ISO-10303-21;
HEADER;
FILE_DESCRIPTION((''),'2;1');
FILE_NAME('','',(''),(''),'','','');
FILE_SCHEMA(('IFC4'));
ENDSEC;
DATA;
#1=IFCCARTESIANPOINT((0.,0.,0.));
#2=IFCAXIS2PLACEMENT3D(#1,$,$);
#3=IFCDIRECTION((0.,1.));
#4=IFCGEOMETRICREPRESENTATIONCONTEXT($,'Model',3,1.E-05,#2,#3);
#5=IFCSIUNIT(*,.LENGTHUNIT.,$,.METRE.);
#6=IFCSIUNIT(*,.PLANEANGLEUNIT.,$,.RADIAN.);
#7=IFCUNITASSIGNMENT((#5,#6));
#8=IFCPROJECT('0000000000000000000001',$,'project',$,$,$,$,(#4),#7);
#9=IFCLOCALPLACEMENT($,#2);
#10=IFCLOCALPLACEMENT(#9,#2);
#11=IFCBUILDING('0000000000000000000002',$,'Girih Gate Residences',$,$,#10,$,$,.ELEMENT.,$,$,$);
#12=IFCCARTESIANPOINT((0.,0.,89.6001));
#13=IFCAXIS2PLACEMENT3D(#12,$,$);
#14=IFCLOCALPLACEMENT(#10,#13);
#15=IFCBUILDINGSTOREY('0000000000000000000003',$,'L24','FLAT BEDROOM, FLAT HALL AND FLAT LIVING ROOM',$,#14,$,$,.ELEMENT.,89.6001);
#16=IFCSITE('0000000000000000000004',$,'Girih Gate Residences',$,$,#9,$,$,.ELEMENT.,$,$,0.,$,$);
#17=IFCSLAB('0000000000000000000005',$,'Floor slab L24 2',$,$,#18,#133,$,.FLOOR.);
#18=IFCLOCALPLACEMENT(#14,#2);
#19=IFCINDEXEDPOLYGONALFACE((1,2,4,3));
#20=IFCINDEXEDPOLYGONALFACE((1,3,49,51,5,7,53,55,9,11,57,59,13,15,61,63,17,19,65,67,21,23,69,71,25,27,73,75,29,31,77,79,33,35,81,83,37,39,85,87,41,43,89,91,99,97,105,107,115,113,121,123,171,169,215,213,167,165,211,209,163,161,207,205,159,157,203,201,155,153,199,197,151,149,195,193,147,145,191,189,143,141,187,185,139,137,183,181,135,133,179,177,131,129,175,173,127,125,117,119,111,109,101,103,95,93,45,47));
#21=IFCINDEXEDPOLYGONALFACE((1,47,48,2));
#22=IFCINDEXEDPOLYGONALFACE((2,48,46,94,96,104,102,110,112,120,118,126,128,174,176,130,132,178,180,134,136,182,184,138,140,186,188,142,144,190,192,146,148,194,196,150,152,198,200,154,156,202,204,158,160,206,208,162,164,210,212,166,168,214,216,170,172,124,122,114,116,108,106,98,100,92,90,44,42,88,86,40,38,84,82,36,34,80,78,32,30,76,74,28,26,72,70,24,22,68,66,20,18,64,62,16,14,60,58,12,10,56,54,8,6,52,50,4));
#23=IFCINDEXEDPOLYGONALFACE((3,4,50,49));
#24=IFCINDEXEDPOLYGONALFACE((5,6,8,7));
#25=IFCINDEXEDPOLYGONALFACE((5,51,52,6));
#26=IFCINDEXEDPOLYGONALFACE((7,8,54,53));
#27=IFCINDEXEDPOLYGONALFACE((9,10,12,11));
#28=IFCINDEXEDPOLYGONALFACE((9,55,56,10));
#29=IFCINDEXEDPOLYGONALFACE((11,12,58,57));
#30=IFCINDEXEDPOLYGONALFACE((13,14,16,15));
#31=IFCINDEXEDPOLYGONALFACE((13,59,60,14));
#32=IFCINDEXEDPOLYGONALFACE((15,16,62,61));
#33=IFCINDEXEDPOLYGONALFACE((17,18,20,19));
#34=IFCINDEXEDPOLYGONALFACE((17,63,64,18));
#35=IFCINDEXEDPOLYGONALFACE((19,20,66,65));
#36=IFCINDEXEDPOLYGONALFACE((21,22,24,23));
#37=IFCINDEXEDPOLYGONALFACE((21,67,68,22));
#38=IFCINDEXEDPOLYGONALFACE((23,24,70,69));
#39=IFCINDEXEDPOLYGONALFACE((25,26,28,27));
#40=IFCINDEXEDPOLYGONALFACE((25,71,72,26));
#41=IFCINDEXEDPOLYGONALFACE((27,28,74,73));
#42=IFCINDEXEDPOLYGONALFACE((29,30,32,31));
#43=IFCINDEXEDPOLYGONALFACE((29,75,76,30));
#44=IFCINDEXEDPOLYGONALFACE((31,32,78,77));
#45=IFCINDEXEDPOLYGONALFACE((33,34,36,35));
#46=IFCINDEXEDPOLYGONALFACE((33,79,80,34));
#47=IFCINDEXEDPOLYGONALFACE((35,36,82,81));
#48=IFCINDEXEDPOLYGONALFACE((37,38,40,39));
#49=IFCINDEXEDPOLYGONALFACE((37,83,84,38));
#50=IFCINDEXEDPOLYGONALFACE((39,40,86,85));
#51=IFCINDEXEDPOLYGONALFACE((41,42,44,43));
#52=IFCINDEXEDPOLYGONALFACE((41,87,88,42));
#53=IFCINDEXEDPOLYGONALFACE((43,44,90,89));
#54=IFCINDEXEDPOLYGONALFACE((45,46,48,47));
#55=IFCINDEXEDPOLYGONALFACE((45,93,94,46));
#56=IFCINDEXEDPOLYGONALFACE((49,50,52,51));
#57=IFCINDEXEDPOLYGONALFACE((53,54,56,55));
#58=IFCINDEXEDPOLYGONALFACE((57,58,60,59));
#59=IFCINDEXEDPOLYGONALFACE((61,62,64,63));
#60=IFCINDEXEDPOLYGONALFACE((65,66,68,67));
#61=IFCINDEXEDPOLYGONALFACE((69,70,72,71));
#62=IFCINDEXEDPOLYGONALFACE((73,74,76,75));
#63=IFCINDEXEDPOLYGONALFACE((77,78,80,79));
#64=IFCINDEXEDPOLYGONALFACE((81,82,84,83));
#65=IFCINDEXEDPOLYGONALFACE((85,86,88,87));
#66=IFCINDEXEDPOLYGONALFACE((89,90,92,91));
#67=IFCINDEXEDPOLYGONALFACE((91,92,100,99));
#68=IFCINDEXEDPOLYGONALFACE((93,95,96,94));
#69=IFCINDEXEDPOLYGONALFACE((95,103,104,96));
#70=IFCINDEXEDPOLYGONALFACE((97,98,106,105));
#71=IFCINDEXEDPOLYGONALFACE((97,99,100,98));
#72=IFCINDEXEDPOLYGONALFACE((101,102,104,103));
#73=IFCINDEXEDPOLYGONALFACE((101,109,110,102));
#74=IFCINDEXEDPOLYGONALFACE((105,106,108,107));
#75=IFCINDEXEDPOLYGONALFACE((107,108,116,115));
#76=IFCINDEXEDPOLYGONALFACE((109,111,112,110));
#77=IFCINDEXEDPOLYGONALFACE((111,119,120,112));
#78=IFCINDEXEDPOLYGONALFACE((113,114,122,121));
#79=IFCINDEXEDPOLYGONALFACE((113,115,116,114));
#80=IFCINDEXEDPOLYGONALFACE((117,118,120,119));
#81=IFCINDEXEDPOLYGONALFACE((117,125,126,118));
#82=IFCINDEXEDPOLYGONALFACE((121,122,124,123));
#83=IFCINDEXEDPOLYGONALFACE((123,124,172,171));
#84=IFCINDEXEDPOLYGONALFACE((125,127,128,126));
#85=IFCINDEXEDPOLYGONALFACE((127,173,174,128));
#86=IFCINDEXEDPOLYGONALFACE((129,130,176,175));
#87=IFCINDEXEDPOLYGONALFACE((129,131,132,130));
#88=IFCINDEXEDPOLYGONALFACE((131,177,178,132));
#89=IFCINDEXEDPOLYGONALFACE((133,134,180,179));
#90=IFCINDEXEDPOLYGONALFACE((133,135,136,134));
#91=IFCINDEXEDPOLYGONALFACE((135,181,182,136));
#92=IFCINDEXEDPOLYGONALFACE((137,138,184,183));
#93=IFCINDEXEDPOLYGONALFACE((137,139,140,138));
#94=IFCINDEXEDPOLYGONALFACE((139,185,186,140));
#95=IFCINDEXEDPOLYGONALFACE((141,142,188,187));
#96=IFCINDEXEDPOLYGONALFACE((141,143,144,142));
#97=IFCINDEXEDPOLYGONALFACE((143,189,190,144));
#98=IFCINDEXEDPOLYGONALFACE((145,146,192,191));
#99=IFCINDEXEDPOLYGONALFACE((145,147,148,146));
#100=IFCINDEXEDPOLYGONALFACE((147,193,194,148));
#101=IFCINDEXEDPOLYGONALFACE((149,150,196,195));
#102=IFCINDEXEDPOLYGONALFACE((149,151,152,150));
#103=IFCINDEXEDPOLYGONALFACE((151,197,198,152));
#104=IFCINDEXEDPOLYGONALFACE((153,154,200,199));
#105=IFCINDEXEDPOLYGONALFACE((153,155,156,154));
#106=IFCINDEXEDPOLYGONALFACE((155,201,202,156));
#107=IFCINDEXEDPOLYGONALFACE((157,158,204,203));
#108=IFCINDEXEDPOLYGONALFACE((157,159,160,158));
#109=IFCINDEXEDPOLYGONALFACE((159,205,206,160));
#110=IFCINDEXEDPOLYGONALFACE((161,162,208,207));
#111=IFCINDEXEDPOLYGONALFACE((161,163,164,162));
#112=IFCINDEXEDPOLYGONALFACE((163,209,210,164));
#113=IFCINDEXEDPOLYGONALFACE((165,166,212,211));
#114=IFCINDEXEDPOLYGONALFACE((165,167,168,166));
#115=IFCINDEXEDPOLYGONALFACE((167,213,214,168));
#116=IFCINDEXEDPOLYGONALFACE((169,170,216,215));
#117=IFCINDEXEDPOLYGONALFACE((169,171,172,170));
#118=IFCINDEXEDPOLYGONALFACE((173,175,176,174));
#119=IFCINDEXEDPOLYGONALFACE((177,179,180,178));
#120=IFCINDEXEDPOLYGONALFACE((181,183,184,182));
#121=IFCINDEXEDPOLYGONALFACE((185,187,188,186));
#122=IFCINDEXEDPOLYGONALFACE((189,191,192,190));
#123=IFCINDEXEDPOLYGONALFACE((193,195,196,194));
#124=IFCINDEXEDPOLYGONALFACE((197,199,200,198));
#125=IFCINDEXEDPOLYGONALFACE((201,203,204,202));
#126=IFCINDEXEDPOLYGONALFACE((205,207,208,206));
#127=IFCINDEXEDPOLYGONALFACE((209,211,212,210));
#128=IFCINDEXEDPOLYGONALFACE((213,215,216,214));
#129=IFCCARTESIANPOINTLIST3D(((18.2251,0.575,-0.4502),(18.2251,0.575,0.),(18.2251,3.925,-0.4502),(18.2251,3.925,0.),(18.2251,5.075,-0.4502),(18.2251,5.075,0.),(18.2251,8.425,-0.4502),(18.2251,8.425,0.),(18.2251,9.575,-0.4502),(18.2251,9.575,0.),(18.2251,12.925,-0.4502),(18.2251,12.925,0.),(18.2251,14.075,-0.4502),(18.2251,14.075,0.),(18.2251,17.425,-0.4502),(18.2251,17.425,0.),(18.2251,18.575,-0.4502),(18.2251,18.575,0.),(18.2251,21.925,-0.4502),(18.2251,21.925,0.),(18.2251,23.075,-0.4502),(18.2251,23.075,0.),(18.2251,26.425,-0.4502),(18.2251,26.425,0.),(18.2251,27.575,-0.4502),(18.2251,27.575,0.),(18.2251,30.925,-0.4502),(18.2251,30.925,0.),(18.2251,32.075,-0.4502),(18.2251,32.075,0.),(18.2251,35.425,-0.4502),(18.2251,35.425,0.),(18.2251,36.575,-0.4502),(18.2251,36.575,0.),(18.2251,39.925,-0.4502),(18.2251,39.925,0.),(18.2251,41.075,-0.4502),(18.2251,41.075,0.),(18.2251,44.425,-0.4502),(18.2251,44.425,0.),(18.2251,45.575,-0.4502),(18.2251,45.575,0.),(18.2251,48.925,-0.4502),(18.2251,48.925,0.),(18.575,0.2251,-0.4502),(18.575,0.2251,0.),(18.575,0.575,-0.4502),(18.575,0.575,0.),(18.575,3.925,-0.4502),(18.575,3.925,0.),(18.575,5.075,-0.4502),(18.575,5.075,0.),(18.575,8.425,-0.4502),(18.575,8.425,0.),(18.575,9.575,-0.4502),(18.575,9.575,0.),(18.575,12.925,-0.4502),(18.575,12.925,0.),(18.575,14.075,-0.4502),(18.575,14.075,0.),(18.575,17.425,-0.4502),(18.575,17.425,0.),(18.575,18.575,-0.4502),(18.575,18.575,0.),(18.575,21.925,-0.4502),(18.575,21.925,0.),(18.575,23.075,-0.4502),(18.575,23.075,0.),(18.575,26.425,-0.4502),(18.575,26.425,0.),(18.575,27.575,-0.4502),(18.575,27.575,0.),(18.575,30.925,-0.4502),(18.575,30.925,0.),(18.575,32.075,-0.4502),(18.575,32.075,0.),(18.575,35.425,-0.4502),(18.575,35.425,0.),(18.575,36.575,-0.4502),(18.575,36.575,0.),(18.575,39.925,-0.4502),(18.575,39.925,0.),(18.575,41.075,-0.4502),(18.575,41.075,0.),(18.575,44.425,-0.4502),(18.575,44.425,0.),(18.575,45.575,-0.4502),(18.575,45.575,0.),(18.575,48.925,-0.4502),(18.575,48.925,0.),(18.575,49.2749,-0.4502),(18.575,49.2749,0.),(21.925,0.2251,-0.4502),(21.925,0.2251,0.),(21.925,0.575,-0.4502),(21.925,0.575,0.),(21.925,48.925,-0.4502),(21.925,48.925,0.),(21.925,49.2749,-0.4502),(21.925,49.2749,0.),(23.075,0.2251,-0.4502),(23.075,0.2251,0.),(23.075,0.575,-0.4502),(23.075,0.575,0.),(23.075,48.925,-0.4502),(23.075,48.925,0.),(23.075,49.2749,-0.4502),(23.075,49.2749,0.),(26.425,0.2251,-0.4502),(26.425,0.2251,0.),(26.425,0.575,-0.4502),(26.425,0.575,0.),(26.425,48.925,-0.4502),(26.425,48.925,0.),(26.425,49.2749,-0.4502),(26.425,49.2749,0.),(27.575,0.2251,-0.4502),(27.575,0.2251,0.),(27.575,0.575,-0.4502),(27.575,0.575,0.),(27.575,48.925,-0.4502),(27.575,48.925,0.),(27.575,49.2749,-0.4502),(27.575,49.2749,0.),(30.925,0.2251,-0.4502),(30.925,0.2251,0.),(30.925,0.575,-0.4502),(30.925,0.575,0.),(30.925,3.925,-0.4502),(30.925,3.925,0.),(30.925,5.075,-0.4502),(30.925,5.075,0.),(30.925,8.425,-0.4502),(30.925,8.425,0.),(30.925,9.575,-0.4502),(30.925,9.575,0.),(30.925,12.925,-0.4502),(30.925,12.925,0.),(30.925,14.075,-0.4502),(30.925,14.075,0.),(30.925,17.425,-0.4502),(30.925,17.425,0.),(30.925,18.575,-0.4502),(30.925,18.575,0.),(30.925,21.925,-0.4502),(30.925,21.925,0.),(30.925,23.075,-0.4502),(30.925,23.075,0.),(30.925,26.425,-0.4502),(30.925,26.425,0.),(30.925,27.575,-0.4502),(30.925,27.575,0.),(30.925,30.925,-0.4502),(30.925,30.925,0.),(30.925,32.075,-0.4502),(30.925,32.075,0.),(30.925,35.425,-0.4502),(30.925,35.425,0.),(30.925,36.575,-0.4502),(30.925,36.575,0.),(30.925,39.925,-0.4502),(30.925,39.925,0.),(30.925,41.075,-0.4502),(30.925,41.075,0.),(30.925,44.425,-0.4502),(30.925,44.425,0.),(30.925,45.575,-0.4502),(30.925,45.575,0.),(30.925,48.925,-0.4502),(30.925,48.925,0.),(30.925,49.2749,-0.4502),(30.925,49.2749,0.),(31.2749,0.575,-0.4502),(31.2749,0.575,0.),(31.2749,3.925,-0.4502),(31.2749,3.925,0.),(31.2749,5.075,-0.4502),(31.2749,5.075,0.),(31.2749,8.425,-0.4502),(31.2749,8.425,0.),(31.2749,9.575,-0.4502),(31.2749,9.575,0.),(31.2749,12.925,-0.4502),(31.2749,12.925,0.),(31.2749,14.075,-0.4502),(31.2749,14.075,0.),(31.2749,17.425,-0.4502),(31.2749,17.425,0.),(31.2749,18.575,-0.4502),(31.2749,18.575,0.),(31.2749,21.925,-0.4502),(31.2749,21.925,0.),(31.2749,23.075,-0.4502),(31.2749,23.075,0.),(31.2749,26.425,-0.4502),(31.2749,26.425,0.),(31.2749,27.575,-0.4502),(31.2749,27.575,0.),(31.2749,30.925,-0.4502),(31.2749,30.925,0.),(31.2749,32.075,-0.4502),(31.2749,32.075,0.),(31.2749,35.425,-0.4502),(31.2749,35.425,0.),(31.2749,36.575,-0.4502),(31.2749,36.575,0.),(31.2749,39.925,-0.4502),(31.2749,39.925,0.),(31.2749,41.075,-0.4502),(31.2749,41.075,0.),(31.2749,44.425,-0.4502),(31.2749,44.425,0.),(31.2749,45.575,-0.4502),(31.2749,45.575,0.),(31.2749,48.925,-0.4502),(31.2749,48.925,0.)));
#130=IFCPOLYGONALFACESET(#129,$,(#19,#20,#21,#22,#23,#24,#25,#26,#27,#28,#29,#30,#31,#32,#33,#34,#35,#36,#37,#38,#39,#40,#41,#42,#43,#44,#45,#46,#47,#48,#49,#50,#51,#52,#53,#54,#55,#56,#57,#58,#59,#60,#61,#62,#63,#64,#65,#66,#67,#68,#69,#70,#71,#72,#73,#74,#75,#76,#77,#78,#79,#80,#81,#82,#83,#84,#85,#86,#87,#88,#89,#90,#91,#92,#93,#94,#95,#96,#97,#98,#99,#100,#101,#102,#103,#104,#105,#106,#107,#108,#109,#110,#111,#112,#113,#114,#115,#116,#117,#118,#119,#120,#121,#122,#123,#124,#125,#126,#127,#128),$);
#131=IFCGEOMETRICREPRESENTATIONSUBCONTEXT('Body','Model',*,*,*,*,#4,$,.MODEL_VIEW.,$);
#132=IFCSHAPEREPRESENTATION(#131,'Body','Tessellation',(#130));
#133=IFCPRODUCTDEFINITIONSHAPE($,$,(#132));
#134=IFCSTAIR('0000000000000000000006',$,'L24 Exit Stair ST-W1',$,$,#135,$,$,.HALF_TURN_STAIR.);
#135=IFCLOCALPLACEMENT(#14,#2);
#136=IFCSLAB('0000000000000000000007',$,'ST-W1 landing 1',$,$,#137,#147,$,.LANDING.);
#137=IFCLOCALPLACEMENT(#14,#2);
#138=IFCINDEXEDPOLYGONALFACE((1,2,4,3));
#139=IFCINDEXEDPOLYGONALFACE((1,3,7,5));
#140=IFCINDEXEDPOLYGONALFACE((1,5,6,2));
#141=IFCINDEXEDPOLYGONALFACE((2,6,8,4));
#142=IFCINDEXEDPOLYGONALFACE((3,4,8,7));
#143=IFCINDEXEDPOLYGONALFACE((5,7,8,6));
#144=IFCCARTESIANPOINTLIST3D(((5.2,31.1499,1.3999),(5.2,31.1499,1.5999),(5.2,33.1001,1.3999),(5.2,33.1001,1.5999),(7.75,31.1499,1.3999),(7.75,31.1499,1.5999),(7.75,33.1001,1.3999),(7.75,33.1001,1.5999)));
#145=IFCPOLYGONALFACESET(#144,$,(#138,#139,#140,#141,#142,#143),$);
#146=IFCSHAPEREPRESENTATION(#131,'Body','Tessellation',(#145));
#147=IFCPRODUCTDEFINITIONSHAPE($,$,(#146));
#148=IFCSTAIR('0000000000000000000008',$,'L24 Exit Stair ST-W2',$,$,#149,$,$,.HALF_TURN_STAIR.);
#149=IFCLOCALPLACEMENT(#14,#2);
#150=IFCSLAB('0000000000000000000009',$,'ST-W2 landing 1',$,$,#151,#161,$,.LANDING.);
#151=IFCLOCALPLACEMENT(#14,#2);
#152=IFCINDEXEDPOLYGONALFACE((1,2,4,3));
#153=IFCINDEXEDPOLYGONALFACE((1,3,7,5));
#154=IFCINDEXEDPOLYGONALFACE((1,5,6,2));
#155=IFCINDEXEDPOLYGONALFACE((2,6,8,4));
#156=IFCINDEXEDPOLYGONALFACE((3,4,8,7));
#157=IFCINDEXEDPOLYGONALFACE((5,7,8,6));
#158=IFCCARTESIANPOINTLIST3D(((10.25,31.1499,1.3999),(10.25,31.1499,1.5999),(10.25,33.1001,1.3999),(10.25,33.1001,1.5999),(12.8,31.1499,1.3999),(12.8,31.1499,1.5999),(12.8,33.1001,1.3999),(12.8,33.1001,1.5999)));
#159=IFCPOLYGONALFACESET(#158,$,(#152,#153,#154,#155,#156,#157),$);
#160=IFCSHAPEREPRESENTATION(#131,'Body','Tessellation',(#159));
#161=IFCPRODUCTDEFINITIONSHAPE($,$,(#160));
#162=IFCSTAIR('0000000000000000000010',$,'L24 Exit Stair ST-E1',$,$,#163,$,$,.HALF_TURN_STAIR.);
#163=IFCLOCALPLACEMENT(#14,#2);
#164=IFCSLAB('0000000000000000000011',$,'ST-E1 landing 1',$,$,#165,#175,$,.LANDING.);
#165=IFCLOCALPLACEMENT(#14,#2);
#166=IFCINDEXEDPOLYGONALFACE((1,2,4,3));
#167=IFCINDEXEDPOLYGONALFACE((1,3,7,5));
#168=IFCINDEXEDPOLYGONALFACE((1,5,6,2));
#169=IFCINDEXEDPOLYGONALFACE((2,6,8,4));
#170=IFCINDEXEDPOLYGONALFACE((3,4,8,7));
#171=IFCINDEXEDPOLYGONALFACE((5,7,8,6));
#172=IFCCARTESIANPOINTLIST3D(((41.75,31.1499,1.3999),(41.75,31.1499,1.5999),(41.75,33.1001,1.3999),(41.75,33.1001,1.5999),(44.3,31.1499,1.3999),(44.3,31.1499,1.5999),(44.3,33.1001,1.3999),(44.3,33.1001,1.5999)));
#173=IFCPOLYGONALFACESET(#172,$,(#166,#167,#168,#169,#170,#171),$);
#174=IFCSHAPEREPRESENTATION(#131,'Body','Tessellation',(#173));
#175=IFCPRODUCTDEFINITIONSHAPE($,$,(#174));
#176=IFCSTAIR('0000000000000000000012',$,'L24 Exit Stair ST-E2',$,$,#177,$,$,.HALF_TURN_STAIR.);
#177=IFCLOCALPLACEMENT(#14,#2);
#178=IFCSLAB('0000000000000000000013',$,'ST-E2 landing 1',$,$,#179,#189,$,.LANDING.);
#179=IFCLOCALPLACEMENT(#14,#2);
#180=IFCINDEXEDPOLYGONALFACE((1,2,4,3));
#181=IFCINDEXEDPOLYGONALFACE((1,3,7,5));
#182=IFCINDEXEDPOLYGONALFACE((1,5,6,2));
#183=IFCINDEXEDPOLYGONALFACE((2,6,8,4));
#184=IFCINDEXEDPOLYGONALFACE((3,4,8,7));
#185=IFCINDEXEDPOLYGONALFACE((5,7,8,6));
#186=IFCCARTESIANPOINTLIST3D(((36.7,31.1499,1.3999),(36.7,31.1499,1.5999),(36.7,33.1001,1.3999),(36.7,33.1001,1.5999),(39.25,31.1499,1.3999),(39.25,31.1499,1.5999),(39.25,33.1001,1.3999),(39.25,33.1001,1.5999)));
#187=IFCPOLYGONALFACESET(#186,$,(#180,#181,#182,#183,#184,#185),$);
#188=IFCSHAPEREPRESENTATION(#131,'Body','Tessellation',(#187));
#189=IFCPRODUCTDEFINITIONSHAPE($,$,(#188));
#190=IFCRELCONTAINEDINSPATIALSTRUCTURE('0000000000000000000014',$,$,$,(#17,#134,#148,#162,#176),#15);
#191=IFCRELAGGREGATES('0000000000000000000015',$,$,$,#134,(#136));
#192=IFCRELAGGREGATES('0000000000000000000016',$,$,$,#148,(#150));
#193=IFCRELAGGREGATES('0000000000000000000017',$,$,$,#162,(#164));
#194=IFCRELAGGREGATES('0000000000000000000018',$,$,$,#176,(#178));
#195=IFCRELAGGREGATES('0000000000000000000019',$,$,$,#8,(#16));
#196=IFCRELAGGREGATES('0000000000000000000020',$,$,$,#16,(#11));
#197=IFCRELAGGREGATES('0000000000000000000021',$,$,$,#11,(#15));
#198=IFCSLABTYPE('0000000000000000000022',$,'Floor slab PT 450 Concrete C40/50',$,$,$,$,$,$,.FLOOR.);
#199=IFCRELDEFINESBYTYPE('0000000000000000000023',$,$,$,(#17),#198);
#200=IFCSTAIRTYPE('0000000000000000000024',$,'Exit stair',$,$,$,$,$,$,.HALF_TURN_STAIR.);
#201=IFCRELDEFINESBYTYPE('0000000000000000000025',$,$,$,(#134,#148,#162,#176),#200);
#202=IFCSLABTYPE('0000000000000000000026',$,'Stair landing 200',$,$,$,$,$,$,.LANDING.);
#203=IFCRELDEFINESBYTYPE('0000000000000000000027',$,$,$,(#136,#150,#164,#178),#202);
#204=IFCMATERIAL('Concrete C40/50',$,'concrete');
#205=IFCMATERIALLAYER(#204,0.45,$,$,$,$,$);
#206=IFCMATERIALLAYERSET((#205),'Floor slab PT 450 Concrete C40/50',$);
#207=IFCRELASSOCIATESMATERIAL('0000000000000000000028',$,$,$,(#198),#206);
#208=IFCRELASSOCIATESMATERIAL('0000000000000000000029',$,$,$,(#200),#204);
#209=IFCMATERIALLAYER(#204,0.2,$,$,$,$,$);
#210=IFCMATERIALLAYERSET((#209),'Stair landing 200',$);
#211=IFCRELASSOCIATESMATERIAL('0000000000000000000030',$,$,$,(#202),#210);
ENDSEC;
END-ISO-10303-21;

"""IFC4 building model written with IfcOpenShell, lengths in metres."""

from ifc_helpers import new_model, si_unit, direction, frame, origin, place, context, subcontext, project, spatial, polyline, outline, extrude, material, layer, layer_set, type_object, element, aggregate, save


model = new_model("IFC4")

# Units and contexts
model_context = context("Model", 3, precision=1e-05, world=origin(), true_north=direction((0.0, 1.0)))
body_context = subcontext(model_context, "Body", "Model", "MODEL_VIEW")
ifc_project = project(units=[si_unit("LENGTHUNIT", "METRE"), si_unit("PLANEANGLEUNIT", "RADIAN")], contexts=[model_context])

# Site, building, storey
site_placement = place(None, origin())
site = spatial("IfcSite", under=ifc_project, at=site_placement, Name="Girih Gate Residences", CompositionType="ELEMENT", RefElevation=0.0)
building_placement = place(site_placement, origin())
building = spatial("IfcBuilding", under=site, at=building_placement, Name="Girih Gate Residences", CompositionType="ELEMENT")
storey_placement = place(building_placement, frame((0.0, 0.0, 89.6001)))
storey = spatial("IfcBuildingStorey", under=building, at=storey_placement, Name="L24", Description="FLAT BEDROOM, FLAT HALL AND FLAT LIVING ROOM", CompositionType="ELEMENT", Elevation=89.6001)

# Slab
ifc_material_1 = material(Name="Concrete C40/50", Category="concrete")
ifc_layer_1 = layer(ifc_material_1, 0.45)
ifc_layer_set_1 = layer_set([ifc_layer_1], Name="Floor slab PT 450 Concrete C40/50")
slab_type_1 = type_object("IfcSlabType", Name="Floor slab PT 450 Concrete C40/50", PredefinedType="FLOOR", material=ifc_layer_set_1)
slab_1_placement = place(storey_placement, frame((0.0, 0.0, -0.4502)))
element("IfcSlab", 1, at=slab_1_placement, inside=storey, type_object=slab_type_1, Name="Floor slab L24 2", PredefinedType="FLOOR", context=body_context, shape_type="SweptSolid", body=[
    extrude(outline(polyline([(21.925, 49.2749), (18.575, 49.2749), (18.575, 48.925), (18.2251, 48.925), (18.2251, 45.575), (18.575, 45.575), (18.575, 44.425), (18.2251, 44.425), (18.2251, 41.075), (18.575, 41.075), (18.575, 39.925), (18.2251, 39.925), (18.2251, 36.575), (18.575, 36.575), (18.575, 35.425), (18.2251, 35.425), (18.2251, 32.075), (18.575, 32.075), (18.575, 30.925), (18.2251, 30.925), (18.2251, 27.575), (18.575, 27.575), (18.575, 26.425), (18.2251, 26.425), (18.2251, 23.075), (18.575, 23.075), (18.575, 21.925), (18.2251, 21.925), (18.2251, 18.575), (18.575, 18.575), (18.575, 17.425), (18.2251, 17.425), (18.2251, 14.075), (18.575, 14.075), (18.575, 12.925), (18.2251, 12.925), (18.2251, 9.575), (18.575, 9.575), (18.575, 8.425), (18.2251, 8.425), (18.2251, 5.075), (18.575, 5.075), (18.575, 3.925), (18.2251, 3.925), (18.2251, 0.575), (18.575, 0.575), (18.575, 0.2251), (21.925, 0.2251), (21.925, 0.575), (23.075, 0.575), (23.075, 0.2251), (26.425, 0.2251), (26.425, 0.575), (27.575, 0.575), (27.575, 0.2251), (30.925, 0.2251), (30.925, 0.575), (31.2749, 0.575), (31.2749, 3.925), (30.925, 3.925), (30.925, 5.075), (31.2749, 5.075), (31.2749, 8.425), (30.925, 8.425), (30.925, 9.575), (31.2749, 9.575), (31.2749, 12.925), (30.925, 12.925), (30.925, 14.075), (31.2749, 14.075), (31.2749, 17.425), (30.925, 17.425), (30.925, 18.575), (31.2749, 18.575), (31.2749, 21.925), (30.925, 21.925), (30.925, 23.075), (31.2749, 23.075), (31.2749, 26.425), (30.925, 26.425), (30.925, 27.575), (31.2749, 27.575), (31.2749, 30.925), (30.925, 30.925), (30.925, 32.075), (31.2749, 32.075), (31.2749, 35.425), (30.925, 35.425), (30.925, 36.575), (31.2749, 36.575), (31.2749, 39.925), (30.925, 39.925), (30.925, 41.075), (31.2749, 41.075), (31.2749, 44.425), (30.925, 44.425), (30.925, 45.575), (31.2749, 45.575), (31.2749, 48.925), (30.925, 48.925), (30.925, 49.2749), (27.575, 49.2749), (27.575, 48.925), (26.425, 48.925), (26.425, 49.2749), (23.075, 49.2749), (23.075, 48.925), (21.925, 48.925), (21.925, 49.2749)])), origin(), (0.0, 0.0, 1.0), 0.4502),
])

# Stairs, slabs
stair_type = type_object("IfcStairType", Name="Exit stair", PredefinedType="HALF_TURN_STAIR", material=ifc_material_1)
stair_1_placement = place(storey_placement, origin())
stair_1 = element("IfcStair", 2, at=stair_1_placement, inside=storey, type_object=stair_type, Name="L24 Exit Stair ST-W1", PredefinedType="HALF_TURN_STAIR")
ifc_layer_2 = layer(ifc_material_1, 0.2)
ifc_layer_set_2 = layer_set([ifc_layer_2], Name="Stair landing 200")
slab_type_2 = type_object("IfcSlabType", Name="Stair landing 200", PredefinedType="LANDING", material=ifc_layer_set_2)
slab_2_placement = place(storey_placement, frame((0.0, 0.0, 1.3999)))
slab_2 = element("IfcSlab", 3, at=slab_2_placement, type_object=slab_type_2, Name="ST-W1 landing 1", PredefinedType="LANDING", context=body_context, shape_type="SweptSolid", body=[
    extrude(outline(polyline([(7.75, 31.1499), (7.75, 33.1001), (5.2, 33.1001), (5.2, 31.1499), (7.75, 31.1499)])), origin(), (0.0, 0.0, 1.0), 0.2),
])
aggregate(stair_1, [slab_2])
stair_2_placement = place(storey_placement, origin())
stair_2 = element("IfcStair", 4, at=stair_2_placement, inside=storey, type_object=stair_type, Name="L24 Exit Stair ST-W2", PredefinedType="HALF_TURN_STAIR")
slab_3_placement = place(storey_placement, frame((0.0, 0.0, 1.3999)))
slab_3 = element("IfcSlab", 5, at=slab_3_placement, type_object=slab_type_2, Name="ST-W2 landing 1", PredefinedType="LANDING", context=body_context, shape_type="SweptSolid", body=[
    extrude(outline(polyline([(12.8, 31.1499), (12.8, 33.1001), (10.25, 33.1001), (10.25, 31.1499), (12.8, 31.1499)])), origin(), (0.0, 0.0, 1.0), 0.2),
])
aggregate(stair_2, [slab_3])
stair_3_placement = place(storey_placement, origin())
stair_3 = element("IfcStair", 6, at=stair_3_placement, inside=storey, type_object=stair_type, Name="L24 Exit Stair ST-E1", PredefinedType="HALF_TURN_STAIR")
slab_4_placement = place(storey_placement, frame((0.0, 0.0, 1.3999)))
slab_4 = element("IfcSlab", 7, at=slab_4_placement, type_object=slab_type_2, Name="ST-E1 landing 1", PredefinedType="LANDING", context=body_context, shape_type="SweptSolid", body=[
    extrude(outline(polyline([(44.3, 31.1499), (44.3, 33.1001), (41.75, 33.1001), (41.75, 31.1499), (44.3, 31.1499)])), origin(), (0.0, 0.0, 1.0), 0.2),
])
aggregate(stair_3, [slab_4])
stair_4_placement = place(storey_placement, origin())
stair_4 = element("IfcStair", 8, at=stair_4_placement, inside=storey, type_object=stair_type, Name="L24 Exit Stair ST-E2", PredefinedType="HALF_TURN_STAIR")
slab_5_placement = place(storey_placement, frame((0.0, 0.0, 1.3999)))
slab_5 = element("IfcSlab", 9, at=slab_5_placement, type_object=slab_type_2, Name="ST-E2 landing 1", PredefinedType="LANDING", context=body_context, shape_type="SweptSolid", body=[
    extrude(outline(polyline([(39.25, 31.1499), (39.25, 33.1001), (36.7, 33.1001), (36.7, 31.1499), (39.25, 31.1499)])), origin(), (0.0, 0.0, 1.0), 0.2),
])
aggregate(stair_4, [slab_5])

save(model, "model.ifc")
